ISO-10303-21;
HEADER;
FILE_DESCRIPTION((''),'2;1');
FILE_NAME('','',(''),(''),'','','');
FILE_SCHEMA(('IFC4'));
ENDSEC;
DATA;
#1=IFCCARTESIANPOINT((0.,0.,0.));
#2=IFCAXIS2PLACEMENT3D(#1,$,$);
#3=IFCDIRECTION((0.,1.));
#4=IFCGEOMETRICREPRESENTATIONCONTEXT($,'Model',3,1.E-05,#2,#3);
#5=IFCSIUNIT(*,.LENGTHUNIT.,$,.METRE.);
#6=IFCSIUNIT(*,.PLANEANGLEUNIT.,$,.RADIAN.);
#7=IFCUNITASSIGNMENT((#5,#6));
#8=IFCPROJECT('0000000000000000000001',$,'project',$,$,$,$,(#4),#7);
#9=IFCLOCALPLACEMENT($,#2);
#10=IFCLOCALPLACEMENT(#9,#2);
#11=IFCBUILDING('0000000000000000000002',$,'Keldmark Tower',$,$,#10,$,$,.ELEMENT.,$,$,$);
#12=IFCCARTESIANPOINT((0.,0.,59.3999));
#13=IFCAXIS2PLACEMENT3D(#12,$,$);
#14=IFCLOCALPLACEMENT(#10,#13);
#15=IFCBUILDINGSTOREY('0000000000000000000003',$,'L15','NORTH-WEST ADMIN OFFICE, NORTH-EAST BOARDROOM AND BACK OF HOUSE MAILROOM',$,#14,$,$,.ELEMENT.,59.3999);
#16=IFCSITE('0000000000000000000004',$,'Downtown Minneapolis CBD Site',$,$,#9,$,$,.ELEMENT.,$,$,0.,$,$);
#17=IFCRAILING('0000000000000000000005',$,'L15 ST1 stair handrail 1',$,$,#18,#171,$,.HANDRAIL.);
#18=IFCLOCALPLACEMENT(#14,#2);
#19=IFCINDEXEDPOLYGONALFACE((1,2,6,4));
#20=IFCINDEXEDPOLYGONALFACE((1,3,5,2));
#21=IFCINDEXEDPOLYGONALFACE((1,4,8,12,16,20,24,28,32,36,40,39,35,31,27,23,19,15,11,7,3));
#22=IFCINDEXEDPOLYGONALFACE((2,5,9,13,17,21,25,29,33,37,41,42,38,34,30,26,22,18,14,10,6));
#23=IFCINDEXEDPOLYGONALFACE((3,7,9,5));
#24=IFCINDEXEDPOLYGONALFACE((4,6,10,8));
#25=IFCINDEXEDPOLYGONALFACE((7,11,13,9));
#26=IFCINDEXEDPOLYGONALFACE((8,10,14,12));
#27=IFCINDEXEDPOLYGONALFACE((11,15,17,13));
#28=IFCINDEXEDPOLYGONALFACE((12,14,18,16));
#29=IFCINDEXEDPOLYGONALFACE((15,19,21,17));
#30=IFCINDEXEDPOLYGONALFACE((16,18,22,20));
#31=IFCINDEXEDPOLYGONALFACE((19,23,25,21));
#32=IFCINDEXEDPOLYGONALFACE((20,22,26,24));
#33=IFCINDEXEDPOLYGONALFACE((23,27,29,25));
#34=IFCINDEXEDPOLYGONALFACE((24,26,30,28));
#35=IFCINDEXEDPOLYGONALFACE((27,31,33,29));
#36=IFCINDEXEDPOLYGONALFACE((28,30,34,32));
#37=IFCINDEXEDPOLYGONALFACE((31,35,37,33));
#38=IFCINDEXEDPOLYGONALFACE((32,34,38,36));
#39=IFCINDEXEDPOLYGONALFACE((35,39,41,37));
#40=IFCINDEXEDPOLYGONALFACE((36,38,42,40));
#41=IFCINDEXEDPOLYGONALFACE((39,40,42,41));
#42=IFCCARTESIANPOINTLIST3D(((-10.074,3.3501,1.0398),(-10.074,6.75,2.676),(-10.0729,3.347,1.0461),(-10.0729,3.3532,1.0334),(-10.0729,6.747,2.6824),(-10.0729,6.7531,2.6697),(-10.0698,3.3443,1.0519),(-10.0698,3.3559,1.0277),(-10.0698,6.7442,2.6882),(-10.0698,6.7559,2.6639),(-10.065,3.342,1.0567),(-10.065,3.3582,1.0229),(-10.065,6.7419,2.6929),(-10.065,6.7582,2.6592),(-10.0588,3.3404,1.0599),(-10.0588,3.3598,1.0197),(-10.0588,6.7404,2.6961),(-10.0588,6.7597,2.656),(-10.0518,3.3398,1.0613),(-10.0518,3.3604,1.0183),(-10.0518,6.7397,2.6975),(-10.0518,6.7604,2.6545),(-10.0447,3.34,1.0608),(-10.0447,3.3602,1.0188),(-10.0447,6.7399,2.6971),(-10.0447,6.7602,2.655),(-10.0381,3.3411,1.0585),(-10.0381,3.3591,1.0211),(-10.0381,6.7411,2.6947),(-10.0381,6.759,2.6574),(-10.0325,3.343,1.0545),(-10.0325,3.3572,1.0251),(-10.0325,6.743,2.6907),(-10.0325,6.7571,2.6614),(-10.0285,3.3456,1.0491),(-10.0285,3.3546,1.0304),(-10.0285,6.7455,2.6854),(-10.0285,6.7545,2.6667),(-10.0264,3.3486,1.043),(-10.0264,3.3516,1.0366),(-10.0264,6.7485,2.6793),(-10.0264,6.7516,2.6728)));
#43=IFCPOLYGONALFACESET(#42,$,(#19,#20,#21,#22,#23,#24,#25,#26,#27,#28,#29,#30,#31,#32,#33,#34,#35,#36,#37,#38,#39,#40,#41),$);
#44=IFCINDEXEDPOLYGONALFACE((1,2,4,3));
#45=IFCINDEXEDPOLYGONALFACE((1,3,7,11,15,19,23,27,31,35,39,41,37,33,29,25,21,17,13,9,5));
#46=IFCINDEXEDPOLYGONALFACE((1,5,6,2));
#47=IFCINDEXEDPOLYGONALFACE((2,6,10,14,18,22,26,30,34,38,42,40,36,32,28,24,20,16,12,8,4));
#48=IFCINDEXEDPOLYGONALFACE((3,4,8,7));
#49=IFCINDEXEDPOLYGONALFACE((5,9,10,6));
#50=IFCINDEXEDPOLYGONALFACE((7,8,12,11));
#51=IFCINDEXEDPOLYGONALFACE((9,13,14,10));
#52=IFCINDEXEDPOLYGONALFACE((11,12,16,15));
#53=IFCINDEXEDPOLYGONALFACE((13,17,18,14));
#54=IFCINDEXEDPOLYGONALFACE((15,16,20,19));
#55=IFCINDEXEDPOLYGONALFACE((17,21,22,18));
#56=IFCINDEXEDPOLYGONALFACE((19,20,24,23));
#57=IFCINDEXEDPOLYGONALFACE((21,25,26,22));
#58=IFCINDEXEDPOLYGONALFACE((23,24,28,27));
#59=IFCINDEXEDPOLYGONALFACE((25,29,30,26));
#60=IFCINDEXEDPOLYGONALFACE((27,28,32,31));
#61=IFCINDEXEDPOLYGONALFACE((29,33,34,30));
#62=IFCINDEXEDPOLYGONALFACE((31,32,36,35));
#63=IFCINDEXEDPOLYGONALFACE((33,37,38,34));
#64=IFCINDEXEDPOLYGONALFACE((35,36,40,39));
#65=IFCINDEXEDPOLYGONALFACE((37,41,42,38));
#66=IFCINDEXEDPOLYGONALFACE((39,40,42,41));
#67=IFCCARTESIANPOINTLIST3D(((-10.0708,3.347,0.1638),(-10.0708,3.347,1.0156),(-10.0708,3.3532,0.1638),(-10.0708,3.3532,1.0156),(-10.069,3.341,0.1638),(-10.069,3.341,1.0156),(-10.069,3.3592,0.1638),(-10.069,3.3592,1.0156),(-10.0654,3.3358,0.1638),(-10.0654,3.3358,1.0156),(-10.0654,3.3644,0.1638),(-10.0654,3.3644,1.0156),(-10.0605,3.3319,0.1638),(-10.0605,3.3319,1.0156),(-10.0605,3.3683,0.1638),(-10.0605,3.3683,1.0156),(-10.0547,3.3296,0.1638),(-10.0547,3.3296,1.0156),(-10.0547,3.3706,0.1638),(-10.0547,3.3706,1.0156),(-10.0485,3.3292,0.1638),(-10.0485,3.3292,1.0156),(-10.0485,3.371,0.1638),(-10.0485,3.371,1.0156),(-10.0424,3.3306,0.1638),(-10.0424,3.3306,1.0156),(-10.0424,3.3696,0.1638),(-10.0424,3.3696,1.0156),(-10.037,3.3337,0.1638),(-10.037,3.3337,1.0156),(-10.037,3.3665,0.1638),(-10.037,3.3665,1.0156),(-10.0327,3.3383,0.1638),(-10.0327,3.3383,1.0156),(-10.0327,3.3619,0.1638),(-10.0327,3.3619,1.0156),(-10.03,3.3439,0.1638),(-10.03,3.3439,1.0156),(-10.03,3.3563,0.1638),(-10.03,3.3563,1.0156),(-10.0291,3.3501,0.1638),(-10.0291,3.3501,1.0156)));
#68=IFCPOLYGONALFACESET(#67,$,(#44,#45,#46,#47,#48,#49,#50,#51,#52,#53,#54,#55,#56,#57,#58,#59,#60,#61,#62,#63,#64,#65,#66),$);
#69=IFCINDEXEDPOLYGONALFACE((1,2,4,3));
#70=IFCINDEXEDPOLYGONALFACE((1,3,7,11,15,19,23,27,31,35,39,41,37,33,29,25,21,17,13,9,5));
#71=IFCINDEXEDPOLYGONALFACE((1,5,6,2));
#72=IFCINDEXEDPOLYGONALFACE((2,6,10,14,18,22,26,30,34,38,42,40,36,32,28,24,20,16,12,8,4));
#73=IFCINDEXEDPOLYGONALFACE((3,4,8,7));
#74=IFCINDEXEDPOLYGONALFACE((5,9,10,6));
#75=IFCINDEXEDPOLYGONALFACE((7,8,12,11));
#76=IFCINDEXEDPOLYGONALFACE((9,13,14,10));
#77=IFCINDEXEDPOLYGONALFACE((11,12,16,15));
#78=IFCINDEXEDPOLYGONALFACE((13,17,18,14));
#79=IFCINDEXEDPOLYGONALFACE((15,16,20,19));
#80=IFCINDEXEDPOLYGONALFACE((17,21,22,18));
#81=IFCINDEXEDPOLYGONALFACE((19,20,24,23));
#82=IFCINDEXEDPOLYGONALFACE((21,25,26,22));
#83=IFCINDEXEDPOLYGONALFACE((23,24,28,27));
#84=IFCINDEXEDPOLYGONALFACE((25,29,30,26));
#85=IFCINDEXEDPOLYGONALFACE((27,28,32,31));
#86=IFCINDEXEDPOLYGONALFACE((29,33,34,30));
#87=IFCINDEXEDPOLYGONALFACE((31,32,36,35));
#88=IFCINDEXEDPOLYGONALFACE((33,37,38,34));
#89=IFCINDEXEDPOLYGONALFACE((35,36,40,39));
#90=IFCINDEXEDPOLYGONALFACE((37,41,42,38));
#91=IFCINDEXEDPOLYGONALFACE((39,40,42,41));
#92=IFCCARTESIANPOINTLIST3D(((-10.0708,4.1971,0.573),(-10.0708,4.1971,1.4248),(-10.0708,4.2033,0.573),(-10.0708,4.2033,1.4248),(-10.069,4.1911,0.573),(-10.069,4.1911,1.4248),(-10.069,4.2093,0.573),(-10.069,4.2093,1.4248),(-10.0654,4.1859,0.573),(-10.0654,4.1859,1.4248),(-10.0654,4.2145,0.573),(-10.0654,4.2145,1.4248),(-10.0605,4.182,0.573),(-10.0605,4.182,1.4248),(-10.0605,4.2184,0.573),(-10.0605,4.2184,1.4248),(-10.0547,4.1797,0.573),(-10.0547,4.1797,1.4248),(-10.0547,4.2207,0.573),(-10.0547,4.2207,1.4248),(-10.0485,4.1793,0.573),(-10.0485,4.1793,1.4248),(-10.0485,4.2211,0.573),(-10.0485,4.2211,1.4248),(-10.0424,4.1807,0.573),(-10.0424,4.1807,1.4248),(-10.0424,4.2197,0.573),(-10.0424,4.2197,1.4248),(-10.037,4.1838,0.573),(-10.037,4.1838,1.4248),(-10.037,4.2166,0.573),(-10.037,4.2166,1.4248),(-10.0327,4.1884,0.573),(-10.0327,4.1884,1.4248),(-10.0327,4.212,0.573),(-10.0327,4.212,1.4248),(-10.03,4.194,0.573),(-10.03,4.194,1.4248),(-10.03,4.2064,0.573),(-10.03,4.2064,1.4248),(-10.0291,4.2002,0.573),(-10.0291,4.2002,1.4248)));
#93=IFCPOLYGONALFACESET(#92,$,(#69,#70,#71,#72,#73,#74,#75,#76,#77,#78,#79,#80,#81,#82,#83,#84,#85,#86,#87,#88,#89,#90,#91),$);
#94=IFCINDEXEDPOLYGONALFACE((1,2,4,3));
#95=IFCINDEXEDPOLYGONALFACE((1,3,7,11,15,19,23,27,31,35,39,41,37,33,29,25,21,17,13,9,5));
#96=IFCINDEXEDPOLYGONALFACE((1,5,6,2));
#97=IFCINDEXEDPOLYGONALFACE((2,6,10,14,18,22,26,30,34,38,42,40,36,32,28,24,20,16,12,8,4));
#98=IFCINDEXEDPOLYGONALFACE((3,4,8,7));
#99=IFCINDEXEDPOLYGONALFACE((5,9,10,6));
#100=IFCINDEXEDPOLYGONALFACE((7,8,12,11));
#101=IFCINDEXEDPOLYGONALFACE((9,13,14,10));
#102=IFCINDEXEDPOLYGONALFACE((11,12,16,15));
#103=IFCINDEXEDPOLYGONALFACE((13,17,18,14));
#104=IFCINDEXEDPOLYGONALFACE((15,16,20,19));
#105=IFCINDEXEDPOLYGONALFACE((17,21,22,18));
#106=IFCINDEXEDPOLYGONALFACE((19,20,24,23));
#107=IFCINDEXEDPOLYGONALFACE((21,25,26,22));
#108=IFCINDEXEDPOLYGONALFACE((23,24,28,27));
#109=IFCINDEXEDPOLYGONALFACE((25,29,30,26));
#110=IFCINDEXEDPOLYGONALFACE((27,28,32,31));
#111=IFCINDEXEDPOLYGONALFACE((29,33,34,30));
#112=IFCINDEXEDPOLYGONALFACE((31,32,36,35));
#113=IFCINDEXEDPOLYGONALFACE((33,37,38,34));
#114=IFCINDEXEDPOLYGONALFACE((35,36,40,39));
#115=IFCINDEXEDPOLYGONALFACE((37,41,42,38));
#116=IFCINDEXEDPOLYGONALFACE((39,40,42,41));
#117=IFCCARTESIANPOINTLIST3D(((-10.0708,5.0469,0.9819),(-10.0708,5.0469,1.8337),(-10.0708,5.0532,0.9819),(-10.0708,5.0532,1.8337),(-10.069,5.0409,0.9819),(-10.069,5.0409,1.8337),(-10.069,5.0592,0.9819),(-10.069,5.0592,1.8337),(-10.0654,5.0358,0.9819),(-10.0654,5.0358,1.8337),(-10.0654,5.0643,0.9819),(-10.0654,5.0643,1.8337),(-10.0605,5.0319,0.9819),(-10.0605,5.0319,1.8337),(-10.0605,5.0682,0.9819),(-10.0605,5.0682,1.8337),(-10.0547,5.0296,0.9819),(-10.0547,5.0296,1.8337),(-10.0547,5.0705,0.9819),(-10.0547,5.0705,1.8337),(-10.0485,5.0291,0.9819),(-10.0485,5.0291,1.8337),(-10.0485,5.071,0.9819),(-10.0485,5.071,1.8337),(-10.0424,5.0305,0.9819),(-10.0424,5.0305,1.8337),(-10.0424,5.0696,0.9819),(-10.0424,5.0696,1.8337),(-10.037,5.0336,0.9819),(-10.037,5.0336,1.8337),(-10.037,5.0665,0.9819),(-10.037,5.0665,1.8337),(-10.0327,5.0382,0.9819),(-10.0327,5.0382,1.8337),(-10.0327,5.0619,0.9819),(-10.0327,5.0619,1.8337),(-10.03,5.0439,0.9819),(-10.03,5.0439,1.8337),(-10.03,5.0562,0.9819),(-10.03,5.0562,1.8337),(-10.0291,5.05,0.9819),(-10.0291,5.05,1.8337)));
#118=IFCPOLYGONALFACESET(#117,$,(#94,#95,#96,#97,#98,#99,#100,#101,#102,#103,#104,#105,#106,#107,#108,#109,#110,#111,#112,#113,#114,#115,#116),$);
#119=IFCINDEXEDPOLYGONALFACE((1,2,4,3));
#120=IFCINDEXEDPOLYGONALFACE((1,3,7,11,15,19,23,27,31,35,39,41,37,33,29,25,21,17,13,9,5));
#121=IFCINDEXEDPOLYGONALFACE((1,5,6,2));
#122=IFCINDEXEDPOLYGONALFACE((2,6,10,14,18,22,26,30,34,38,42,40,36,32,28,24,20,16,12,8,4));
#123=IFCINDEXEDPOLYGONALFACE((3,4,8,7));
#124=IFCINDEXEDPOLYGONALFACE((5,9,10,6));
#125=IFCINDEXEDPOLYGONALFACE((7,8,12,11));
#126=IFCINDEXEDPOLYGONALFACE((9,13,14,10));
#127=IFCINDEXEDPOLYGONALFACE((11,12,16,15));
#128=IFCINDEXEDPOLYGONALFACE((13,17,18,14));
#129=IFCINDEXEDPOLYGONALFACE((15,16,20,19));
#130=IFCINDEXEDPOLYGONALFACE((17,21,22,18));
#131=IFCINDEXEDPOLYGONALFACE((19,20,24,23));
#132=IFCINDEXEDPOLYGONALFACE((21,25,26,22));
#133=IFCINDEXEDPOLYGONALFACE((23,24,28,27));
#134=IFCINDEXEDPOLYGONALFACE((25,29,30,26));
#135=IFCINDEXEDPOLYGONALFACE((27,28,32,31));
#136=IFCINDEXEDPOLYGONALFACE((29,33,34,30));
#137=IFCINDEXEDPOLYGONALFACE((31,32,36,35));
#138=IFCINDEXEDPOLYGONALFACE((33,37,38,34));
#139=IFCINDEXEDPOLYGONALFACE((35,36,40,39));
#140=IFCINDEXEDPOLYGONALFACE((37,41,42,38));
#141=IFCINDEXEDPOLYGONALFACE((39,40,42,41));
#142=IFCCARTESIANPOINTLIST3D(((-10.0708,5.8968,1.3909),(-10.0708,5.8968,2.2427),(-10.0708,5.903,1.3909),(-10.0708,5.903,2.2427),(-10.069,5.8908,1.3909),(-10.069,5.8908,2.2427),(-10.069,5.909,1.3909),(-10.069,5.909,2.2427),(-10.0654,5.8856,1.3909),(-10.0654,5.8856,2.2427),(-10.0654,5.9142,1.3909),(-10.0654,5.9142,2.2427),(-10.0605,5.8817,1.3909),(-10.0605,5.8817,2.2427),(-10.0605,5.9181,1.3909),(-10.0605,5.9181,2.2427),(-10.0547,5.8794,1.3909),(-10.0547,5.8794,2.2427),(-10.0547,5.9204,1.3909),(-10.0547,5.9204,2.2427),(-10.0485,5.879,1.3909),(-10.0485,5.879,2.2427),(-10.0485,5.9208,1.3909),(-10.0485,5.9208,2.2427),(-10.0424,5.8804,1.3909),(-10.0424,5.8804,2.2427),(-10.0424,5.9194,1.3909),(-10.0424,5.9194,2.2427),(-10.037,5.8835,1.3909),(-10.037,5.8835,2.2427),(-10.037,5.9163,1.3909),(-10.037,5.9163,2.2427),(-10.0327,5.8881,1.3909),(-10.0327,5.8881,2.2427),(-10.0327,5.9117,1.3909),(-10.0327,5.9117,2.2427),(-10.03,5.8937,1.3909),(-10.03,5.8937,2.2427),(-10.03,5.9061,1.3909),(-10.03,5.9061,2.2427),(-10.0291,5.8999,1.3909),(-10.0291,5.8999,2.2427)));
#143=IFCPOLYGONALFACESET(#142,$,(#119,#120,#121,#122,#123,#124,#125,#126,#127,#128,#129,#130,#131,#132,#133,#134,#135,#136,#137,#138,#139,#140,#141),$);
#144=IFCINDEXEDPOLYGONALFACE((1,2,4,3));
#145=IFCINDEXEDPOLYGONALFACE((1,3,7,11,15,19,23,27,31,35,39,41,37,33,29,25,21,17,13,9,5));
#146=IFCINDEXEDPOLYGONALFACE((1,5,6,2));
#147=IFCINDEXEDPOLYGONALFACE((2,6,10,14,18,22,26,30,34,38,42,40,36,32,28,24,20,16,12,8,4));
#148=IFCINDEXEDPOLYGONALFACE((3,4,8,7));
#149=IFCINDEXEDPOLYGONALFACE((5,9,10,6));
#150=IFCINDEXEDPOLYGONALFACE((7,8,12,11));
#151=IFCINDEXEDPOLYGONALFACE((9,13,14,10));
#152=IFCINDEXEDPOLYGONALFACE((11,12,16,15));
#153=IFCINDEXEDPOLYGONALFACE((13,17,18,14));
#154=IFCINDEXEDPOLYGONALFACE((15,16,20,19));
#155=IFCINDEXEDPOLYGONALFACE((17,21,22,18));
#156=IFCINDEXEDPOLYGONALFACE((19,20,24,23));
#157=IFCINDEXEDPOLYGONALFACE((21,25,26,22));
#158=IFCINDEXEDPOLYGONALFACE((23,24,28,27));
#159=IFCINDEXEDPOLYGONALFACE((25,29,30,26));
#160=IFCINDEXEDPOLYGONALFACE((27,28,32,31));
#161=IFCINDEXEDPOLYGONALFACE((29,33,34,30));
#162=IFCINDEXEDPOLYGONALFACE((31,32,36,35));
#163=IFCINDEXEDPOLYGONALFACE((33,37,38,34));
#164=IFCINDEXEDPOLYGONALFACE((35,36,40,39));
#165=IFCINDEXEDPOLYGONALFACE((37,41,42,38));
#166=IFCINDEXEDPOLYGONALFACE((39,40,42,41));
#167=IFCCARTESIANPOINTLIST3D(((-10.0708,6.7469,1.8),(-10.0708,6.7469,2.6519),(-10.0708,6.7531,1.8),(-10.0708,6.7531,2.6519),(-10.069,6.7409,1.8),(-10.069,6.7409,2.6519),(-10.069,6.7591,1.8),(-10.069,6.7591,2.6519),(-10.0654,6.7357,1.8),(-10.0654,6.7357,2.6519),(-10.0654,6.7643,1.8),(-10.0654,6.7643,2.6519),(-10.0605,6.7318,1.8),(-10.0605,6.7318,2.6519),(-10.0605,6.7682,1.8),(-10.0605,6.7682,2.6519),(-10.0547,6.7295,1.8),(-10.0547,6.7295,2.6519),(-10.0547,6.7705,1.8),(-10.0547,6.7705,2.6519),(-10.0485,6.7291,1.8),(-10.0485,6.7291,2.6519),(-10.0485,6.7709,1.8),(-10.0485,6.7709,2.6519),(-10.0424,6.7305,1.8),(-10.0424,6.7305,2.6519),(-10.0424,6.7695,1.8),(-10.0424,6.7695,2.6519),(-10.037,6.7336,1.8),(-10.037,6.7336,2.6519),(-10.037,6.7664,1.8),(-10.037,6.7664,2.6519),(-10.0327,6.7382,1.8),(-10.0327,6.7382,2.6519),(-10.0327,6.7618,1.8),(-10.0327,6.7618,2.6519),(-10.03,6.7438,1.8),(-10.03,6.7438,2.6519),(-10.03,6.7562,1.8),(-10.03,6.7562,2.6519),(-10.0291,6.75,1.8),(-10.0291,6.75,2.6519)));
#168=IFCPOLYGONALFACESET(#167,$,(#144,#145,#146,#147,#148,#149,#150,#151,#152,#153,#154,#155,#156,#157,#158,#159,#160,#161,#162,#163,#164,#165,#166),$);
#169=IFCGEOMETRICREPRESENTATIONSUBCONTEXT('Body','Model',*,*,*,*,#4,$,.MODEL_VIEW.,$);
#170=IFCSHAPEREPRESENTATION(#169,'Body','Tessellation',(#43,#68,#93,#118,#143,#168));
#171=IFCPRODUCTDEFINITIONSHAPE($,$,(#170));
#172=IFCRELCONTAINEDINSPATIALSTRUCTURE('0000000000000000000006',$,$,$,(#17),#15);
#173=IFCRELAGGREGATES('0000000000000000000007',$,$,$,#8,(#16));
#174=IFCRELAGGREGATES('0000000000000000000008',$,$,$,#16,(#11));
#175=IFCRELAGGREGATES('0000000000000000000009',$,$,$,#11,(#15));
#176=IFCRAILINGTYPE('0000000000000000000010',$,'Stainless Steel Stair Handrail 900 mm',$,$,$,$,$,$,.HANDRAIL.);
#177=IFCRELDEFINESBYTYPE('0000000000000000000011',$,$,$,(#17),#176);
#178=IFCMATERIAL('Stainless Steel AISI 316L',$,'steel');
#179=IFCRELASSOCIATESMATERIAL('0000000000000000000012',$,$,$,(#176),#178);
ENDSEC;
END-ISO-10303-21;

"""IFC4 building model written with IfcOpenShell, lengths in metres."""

from ifc_helpers import new_model, si_unit, direction, frame, origin, origin_2d, place, context, subcontext, project, spatial, circle, extrude, material, type_object, element, save


model = new_model("IFC4")

# Units and contexts
model_context = context("Model", 3, precision=1e-05, world=origin(), true_north=direction((0.0, 1.0)))
body_context = subcontext(model_context, "Body", "Model", "MODEL_VIEW")
ifc_project = project(units=[si_unit("LENGTHUNIT", "METRE"), si_unit("PLANEANGLEUNIT", "RADIAN")], contexts=[model_context])

# Site, building, storey
site_placement = place(None, origin())
site = spatial("IfcSite", under=ifc_project, at=site_placement, Name="Downtown Minneapolis CBD Site", CompositionType="ELEMENT", RefElevation=0.0)
building_placement = place(site_placement, origin())
building = spatial("IfcBuilding", under=site, at=building_placement, Name="Keldmark Tower", CompositionType="ELEMENT")
storey_placement = place(building_placement, frame((0.0, 0.0, 59.3999)))
storey = spatial("IfcBuildingStorey", under=building, at=storey_placement, Name="L15", Description="NORTH-WEST ADMIN OFFICE, NORTH-EAST BOARDROOM AND BACK OF HOUSE MAILROOM", CompositionType="ELEMENT", Elevation=59.3999)

# Railing
ifc_material_1 = material(Name="Stainless Steel AISI 316L", Category="steel")
railing_type_1 = type_object("IfcRailingType", Name="Stainless Steel Stair Handrail 900 mm", PredefinedType="HANDRAIL", material=ifc_material_1)
railing_1_placement = place(storey_placement, frame((-10.05, 3.3501, 0.1638)))
element("IfcRailing", 1, at=railing_1_placement, inside=storey, type_object=railing_type_1, Name="L15 ST1 stair handrail 1", PredefinedType="HANDRAIL", context=body_context, shape_type="SweptSolid", body=[
    extrude(circle(Radius=0.0239, at=origin_2d()), frame((0.0, 0.0, 0.876), z_axis=(0.0, 0.90108, 0.433652), x_axis=(-1.0, 0.0, 0.0)), (0.0, 0.0, 1.0), 3.7732),
    extrude(circle(Radius=0.021, at=origin_2d()), origin(), (0.0, 0.0, 1.0), 0.8518),
    extrude(circle(Radius=0.021, at=origin_2d()), frame((0.0, 0.8501, 0.4092)), (0.0, 0.0, 1.0), 0.8518),
    extrude(circle(Radius=0.021, at=origin_2d()), frame((0.0, 1.7, 0.8181)), (0.0, 0.0, 1.0), 0.8518),
    extrude(circle(Radius=0.021, at=origin_2d()), frame((0.0, 2.5498, 1.2271)), (0.0, 0.0, 1.0), 0.8518),
    extrude(circle(Radius=0.021, at=origin_2d()), frame((0.0, 3.3999, 1.6362)), (0.0, 0.0, 1.0), 0.8518),
])

save(model, "model.ifc")
